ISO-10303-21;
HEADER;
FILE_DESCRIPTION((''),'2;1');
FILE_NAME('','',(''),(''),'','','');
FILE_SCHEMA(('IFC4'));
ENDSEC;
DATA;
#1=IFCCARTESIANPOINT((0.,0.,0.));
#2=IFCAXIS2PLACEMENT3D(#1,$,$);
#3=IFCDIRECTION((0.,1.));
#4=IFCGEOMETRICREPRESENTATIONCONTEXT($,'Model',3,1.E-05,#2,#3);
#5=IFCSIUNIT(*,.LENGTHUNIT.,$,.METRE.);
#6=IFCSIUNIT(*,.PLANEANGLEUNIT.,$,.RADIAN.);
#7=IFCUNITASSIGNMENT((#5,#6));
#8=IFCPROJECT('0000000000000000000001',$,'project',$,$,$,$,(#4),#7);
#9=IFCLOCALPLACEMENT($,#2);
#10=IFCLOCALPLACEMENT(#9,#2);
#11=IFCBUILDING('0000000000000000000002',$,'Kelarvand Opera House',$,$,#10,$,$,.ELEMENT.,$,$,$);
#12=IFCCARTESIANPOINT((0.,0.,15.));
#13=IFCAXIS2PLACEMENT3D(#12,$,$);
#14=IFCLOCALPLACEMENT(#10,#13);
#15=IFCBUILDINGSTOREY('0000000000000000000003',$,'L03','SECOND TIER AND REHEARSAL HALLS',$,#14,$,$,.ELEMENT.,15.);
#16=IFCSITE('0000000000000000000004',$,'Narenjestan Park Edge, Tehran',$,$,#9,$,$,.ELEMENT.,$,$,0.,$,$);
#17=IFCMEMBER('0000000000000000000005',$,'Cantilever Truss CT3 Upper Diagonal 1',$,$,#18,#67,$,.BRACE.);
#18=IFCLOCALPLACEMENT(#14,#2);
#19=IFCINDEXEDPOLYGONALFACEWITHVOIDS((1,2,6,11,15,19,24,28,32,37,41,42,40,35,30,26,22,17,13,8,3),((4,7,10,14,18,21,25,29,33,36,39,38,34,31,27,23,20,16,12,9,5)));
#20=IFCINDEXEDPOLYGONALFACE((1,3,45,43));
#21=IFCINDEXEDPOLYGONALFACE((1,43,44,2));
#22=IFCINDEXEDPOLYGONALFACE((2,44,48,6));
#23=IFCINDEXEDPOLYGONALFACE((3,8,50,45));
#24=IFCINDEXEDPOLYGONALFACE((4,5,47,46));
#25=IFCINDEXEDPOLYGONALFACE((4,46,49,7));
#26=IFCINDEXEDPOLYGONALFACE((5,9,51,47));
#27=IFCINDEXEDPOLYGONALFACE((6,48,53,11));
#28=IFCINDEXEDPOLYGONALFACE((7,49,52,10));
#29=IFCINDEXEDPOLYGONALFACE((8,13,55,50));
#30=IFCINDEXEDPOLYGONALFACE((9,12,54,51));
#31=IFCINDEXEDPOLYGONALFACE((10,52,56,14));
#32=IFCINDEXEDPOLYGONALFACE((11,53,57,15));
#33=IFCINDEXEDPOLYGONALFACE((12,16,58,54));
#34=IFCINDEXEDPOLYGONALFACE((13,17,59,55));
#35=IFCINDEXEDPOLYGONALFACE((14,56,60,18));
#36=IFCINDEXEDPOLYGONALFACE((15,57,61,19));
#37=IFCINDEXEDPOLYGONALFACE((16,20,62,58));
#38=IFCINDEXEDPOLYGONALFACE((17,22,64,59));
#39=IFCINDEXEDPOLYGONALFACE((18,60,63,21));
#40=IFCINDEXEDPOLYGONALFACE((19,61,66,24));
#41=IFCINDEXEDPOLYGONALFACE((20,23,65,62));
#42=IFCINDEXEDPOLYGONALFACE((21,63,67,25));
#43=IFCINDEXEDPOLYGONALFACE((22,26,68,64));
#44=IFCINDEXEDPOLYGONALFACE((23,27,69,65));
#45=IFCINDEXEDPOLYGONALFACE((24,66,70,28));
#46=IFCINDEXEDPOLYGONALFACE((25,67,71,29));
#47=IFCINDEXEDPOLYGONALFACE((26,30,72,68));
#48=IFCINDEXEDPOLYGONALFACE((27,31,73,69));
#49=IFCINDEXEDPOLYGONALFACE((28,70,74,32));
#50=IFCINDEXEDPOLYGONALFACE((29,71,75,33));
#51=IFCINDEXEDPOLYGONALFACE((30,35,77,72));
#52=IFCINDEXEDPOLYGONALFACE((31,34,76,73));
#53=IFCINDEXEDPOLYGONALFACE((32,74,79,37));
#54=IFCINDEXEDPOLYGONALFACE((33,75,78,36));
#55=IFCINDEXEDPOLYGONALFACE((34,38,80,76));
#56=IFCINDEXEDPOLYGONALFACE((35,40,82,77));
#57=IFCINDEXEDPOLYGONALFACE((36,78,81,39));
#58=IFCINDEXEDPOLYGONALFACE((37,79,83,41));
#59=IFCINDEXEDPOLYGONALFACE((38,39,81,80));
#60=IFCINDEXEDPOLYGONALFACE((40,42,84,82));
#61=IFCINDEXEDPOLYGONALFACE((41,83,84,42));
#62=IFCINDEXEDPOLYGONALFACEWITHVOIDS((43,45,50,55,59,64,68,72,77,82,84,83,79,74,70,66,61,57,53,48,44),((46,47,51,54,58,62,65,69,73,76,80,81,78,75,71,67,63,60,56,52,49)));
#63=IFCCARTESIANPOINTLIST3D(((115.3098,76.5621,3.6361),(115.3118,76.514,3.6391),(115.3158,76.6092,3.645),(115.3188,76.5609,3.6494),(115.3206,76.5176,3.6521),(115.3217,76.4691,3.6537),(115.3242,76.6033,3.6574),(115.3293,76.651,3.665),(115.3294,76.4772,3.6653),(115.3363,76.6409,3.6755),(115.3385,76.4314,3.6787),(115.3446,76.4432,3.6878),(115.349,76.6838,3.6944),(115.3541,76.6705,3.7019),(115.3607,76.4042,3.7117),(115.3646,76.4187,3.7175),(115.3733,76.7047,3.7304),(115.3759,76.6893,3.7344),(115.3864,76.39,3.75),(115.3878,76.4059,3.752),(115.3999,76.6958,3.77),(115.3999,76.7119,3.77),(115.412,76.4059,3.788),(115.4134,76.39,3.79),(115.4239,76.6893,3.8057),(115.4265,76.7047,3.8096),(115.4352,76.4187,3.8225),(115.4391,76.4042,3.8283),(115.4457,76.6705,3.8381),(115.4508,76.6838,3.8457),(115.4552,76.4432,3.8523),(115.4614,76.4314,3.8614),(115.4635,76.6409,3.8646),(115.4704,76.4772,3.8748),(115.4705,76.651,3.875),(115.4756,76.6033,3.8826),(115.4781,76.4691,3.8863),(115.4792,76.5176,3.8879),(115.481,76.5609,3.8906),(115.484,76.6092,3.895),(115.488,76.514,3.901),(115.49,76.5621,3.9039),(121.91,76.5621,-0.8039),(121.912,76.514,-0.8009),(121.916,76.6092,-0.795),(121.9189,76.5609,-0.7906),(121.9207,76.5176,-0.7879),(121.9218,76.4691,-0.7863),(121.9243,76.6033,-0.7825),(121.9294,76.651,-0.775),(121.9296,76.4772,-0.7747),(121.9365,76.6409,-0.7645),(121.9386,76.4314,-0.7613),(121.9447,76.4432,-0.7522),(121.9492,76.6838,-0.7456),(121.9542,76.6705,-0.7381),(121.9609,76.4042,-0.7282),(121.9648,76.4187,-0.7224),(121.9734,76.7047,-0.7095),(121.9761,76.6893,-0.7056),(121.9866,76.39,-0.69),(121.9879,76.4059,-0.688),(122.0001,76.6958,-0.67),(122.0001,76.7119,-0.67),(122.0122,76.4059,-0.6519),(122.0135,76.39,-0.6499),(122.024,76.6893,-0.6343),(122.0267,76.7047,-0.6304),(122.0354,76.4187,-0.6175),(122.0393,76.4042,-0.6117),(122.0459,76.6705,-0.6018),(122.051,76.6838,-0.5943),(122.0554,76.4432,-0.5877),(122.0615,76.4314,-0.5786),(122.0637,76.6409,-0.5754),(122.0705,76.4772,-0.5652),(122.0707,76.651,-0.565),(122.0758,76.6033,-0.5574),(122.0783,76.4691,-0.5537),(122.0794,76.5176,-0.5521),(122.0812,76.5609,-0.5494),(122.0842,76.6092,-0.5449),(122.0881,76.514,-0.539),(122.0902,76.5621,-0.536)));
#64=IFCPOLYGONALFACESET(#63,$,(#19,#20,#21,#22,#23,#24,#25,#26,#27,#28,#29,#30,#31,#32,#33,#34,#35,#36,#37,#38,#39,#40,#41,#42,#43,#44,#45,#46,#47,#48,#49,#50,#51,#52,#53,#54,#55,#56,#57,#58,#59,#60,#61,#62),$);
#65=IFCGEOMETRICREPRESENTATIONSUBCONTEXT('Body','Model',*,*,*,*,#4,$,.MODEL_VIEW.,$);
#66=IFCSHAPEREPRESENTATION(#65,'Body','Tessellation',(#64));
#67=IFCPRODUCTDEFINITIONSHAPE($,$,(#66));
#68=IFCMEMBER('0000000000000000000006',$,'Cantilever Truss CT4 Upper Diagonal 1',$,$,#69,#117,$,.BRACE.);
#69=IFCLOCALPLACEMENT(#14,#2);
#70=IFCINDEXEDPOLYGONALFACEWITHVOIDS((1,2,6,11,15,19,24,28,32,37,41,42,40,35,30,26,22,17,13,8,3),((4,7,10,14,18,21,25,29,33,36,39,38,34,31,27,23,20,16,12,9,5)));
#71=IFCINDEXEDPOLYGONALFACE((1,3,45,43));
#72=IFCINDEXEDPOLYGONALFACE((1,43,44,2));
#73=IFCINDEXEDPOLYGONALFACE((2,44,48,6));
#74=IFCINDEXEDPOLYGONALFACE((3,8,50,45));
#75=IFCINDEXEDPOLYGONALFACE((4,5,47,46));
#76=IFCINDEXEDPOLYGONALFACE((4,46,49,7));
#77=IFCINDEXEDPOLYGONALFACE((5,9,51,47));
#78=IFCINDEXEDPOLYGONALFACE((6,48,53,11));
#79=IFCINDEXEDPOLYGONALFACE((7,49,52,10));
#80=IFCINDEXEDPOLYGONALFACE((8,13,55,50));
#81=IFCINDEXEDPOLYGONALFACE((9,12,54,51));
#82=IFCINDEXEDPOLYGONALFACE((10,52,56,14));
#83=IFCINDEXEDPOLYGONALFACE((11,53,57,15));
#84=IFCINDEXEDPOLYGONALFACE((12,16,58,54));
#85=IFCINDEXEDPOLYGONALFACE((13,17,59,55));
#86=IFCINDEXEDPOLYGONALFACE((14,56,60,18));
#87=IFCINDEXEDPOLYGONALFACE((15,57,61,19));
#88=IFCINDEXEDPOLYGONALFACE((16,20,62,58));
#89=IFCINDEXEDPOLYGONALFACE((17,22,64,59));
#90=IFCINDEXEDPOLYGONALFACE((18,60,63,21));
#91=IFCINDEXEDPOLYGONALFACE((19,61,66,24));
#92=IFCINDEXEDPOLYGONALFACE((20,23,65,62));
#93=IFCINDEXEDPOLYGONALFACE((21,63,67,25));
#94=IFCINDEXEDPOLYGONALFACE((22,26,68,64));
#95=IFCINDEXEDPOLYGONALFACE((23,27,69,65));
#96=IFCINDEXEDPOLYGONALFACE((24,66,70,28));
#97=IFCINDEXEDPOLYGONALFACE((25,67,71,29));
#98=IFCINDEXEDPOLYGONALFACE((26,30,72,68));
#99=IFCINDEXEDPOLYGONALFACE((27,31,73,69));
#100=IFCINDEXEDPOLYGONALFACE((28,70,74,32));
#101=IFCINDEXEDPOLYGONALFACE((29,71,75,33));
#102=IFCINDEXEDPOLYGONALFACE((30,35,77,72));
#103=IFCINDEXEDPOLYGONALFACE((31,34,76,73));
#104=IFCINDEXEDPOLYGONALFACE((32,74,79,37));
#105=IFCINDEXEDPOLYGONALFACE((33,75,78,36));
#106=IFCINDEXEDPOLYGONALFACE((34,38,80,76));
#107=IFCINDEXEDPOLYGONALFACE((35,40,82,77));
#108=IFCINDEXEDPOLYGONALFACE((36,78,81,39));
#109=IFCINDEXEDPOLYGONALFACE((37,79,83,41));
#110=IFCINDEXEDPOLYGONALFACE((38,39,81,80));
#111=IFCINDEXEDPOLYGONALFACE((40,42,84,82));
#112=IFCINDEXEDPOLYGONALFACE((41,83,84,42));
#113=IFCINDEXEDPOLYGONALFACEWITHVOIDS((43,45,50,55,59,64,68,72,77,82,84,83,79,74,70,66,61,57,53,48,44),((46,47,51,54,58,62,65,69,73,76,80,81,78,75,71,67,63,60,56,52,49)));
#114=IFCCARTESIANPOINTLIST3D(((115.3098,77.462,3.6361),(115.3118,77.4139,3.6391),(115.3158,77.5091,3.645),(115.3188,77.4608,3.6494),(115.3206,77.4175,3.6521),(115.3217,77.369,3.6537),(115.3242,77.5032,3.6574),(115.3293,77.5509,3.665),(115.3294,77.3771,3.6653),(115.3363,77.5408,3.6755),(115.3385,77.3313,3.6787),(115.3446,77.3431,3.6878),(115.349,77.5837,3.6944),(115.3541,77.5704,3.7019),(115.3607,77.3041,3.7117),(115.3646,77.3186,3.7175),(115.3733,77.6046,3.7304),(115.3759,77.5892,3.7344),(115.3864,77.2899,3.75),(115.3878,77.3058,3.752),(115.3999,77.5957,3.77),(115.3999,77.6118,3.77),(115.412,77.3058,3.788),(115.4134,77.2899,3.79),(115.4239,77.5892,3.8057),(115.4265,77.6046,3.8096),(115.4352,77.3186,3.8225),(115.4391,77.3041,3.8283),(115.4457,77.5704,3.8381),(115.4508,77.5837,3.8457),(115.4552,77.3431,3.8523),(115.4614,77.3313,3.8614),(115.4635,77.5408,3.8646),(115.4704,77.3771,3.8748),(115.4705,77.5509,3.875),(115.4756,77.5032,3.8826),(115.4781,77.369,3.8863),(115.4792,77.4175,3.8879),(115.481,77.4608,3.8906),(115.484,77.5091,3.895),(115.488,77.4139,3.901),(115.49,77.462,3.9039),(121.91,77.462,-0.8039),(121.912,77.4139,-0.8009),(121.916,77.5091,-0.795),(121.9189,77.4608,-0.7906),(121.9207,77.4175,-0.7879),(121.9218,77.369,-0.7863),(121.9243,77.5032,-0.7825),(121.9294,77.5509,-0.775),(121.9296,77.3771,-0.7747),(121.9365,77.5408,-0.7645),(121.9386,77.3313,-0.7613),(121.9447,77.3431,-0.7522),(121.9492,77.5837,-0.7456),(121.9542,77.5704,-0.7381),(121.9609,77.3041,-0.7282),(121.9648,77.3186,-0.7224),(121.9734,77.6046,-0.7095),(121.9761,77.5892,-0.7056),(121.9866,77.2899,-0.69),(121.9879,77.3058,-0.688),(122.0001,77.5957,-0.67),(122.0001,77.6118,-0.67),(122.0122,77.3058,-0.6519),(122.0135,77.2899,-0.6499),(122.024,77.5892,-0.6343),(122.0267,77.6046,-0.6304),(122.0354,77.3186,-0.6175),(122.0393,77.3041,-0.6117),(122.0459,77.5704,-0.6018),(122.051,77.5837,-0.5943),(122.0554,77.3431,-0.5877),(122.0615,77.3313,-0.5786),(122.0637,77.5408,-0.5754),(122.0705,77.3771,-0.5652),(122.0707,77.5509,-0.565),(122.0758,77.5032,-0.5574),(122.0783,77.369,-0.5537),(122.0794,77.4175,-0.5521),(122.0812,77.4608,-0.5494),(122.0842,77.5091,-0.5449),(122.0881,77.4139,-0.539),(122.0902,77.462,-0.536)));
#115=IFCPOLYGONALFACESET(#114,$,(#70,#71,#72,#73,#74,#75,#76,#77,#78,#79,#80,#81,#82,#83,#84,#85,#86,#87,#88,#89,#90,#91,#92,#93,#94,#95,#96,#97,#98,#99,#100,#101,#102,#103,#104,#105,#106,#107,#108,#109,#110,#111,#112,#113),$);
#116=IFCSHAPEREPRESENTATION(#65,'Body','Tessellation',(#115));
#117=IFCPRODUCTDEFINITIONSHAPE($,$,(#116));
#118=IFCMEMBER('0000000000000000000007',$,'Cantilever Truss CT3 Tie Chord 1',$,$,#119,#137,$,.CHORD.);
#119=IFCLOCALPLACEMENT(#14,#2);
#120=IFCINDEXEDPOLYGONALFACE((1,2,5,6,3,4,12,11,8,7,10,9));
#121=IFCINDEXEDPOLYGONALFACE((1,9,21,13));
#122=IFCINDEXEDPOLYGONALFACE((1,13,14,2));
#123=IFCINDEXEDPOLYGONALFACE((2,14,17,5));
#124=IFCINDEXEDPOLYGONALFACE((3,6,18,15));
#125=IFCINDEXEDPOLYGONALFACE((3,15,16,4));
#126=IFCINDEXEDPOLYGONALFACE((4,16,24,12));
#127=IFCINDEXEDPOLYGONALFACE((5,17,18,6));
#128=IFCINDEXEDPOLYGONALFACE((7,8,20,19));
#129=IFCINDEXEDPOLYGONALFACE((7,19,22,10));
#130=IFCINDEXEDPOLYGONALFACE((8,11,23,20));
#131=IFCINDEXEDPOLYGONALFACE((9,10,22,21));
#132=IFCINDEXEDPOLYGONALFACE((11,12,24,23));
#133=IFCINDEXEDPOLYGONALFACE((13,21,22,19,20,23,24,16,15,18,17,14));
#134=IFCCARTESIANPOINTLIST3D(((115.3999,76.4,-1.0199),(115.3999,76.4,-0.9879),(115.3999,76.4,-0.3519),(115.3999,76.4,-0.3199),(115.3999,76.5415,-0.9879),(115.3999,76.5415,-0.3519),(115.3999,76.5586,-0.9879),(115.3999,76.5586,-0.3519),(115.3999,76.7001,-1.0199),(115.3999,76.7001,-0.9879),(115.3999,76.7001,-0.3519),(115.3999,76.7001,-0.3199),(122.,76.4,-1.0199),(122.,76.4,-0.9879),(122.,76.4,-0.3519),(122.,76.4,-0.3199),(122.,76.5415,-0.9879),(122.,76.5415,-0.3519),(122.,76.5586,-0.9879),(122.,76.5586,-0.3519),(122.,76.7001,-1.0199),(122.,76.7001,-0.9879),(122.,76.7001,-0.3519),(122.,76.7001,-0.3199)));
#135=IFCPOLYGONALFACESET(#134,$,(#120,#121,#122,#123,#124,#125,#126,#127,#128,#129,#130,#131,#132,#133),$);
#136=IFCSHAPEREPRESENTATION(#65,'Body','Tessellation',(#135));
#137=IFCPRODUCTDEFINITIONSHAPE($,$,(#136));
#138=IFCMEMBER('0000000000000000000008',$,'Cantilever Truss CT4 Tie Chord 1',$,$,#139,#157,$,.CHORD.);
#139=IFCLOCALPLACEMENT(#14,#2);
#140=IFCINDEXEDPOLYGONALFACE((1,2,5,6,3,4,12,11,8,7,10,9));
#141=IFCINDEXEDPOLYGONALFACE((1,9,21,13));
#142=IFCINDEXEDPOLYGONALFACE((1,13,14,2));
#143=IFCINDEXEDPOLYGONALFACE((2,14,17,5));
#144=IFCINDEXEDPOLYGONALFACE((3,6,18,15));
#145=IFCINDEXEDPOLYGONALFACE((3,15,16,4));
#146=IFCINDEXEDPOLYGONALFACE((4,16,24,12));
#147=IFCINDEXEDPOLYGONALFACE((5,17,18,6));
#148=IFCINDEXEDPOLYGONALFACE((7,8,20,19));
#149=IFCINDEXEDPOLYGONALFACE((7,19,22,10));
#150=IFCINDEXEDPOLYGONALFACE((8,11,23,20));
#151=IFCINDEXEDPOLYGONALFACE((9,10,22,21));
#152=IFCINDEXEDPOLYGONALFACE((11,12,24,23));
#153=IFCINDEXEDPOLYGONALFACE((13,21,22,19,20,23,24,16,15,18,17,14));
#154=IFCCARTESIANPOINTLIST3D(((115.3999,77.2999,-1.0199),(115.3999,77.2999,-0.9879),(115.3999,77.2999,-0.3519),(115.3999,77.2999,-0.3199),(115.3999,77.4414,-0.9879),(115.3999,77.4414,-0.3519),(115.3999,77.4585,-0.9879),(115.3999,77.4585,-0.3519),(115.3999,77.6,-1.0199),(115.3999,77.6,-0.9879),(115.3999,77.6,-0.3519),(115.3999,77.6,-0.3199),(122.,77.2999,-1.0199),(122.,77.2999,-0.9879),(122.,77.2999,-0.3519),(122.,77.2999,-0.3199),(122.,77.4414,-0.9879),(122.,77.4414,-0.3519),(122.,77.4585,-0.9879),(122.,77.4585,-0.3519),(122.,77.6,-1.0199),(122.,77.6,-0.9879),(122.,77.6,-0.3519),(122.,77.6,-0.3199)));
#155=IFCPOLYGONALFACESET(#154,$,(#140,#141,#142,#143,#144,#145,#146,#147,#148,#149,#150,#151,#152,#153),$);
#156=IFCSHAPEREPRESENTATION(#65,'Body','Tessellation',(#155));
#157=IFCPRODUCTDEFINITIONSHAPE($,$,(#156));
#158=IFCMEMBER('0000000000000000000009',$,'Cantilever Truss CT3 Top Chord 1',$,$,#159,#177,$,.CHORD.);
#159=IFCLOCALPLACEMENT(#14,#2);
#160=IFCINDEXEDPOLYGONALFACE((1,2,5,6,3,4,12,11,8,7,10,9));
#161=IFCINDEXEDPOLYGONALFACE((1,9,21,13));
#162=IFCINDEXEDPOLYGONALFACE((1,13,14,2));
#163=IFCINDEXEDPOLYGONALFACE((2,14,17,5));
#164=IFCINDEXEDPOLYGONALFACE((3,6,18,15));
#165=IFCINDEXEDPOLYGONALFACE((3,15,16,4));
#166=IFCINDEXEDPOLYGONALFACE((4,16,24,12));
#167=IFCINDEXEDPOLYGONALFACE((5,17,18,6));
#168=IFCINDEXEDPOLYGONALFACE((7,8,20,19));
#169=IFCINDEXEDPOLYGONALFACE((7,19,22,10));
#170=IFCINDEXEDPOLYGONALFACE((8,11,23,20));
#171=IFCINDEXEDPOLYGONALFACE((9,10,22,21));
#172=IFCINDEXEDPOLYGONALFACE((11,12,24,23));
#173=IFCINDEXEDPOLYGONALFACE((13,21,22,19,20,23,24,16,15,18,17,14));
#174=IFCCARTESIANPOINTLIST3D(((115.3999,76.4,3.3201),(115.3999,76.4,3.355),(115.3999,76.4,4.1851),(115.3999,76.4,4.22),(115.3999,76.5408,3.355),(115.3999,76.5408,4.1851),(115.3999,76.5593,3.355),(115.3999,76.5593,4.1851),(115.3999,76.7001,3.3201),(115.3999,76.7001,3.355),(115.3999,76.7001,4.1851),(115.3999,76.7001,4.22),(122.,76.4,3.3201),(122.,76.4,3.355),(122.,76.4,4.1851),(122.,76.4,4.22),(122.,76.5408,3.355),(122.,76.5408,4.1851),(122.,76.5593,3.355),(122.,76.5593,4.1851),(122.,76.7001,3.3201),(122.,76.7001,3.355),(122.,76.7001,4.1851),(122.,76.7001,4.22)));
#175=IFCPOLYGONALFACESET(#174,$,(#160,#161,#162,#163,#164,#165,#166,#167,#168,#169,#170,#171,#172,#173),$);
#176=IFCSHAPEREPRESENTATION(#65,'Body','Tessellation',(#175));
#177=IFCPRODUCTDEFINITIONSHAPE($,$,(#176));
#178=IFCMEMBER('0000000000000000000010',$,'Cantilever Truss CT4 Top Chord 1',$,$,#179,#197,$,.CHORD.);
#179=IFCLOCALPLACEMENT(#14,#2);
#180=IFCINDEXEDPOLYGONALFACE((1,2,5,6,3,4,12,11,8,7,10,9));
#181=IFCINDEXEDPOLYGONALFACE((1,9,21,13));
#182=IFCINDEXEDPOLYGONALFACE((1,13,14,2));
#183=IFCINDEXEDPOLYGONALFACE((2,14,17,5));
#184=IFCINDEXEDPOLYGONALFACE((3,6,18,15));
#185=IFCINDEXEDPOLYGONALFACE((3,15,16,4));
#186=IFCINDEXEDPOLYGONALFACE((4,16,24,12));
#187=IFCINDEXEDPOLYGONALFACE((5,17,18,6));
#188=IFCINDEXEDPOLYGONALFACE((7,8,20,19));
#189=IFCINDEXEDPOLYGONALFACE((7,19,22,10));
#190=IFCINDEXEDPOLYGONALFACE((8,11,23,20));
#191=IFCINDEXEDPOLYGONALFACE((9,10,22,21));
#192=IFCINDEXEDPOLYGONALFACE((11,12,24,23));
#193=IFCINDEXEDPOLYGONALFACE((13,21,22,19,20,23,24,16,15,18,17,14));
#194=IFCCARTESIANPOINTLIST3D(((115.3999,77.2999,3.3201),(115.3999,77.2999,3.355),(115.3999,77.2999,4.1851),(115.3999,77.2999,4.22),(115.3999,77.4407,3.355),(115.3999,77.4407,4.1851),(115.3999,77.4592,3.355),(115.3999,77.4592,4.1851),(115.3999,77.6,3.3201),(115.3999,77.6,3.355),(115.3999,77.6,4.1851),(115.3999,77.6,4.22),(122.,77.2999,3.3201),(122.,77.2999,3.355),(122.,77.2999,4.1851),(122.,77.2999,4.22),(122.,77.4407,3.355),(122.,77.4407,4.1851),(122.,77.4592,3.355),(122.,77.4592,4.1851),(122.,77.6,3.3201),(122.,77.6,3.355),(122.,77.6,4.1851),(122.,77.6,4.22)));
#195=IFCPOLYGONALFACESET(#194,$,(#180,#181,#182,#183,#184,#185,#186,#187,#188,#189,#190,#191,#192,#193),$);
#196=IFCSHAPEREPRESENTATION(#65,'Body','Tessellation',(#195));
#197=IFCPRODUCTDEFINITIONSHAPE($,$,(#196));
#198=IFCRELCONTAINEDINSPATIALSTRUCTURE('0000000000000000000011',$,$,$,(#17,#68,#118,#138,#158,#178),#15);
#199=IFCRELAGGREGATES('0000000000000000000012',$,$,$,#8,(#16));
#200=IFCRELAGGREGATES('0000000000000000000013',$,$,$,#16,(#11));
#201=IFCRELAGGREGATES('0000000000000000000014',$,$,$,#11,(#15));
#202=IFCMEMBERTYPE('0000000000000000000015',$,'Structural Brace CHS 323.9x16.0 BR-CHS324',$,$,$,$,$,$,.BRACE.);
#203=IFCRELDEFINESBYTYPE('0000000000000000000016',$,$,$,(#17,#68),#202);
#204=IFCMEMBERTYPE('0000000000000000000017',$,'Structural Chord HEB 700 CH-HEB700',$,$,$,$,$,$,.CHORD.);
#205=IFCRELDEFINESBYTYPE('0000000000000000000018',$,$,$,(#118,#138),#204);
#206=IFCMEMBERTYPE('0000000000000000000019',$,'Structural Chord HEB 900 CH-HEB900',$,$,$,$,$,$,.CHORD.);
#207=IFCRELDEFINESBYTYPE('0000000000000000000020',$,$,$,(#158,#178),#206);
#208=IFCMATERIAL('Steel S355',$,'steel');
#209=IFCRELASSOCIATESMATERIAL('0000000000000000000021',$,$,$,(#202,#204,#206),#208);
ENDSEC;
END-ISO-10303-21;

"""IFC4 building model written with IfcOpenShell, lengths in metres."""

from ifc_helpers import new_model, si_unit, direction, frame, origin, origin_2d, place, context, subcontext, project, spatial, hollow_circle, i_section, extrude, material, material_profile, profile_set, type_object, element, save


model = new_model("IFC4")

# Units and contexts
model_context = context("Model", 3, precision=1e-05, world=origin(), true_north=direction((0.0, 1.0)))
body_context = subcontext(model_context, "Body", "Model", "MODEL_VIEW")
ifc_project = project(units=[si_unit("LENGTHUNIT", "METRE"), si_unit("PLANEANGLEUNIT", "RADIAN")], contexts=[model_context])

# Site, building, storey
site_placement = place(None, origin())
site = spatial("IfcSite", under=ifc_project, at=site_placement, Name="Narenjestan Park Edge, Tehran", CompositionType="ELEMENT", RefElevation=0.0)
building_placement = place(site_placement, origin())
building = spatial("IfcBuilding", under=site, at=building_placement, Name="Kelarvand Opera House", CompositionType="ELEMENT")
storey_placement = place(building_placement, frame((0.0, 0.0, 15.0)))
storey = spatial("IfcBuildingStorey", under=building, at=storey_placement, Name="L03", Description="SECOND TIER AND REHEARSAL HALLS", CompositionType="ELEMENT", Elevation=15.0)

# Members
ifc_material_1 = material(Name="Steel S355", Category="steel")
ifc_material_profile_1 = material_profile(ifc_material_1, hollow_circle(Radius=0.1619, WallThickness=0.0161, at=origin_2d()), Name="CHS 323.9x16.0", Category="steel")
ifc_profile_set_1 = profile_set([ifc_material_profile_1], Name="Steel S355")
member_type_1 = type_object("IfcMemberType", Name="Structural Brace CHS 323.9x16.0 BR-CHS324", PredefinedType="BRACE", material=ifc_profile_set_1)
for number, where, z_axis, x_axis, name in (
    (1, (115.3999, 76.55, 3.77), (0.829729, 0.0, -0.558166), (0.0, 1.0, 0.0), "Cantilever Truss CT3 Upper Diagonal 1"),
    (2, (115.3999, 77.45, 3.77), (0.829729, 0.0, -0.558166), (0.0, 1.0, 0.0), "Cantilever Truss CT4 Upper Diagonal 1"),
):
    element("IfcMember", number, at=place(storey_placement, frame(where, z_axis=z_axis, x_axis=x_axis)), inside=storey, type_object=member_type_1, Name=name, PredefinedType="BRACE", context=body_context, shape_type="SweptSolid", body=[
        extrude(hollow_circle(Radius=0.1619, WallThickness=0.0161, at=origin_2d()), origin(), (0.0, 0.0, 1.0), 7.9546),
    ])
ifc_material_profile_2 = material_profile(ifc_material_1, i_section(OverallWidth=0.3, OverallDepth=0.7, WebThickness=0.0171, FlangeThickness=0.032, at=origin_2d()), Name="HEB 700", Category="steel")
ifc_profile_set_2 = profile_set([ifc_material_profile_2], Name="Steel S355")
member_type_2 = type_object("IfcMemberType", Name="Structural Chord HEB 700 CH-HEB700", PredefinedType="CHORD", material=ifc_profile_set_2)
for number, where, z_axis, x_axis, name in (
    (3, (115.3999, 76.55, -0.6699), (1.0, 0.0, 0.0), (0.0, 1.0, 0.0), "Cantilever Truss CT3 Tie Chord 1"),
    (4, (115.3999, 77.45, -0.6699), (1.0, 0.0, 0.0), (0.0, 1.0, 0.0), "Cantilever Truss CT4 Tie Chord 1"),
):
    element("IfcMember", number, at=place(storey_placement, frame(where, z_axis=z_axis, x_axis=x_axis)), inside=storey, type_object=member_type_2, Name=name, PredefinedType="CHORD", context=body_context, shape_type="SweptSolid", body=[
        extrude(i_section(OverallWidth=0.3, OverallDepth=0.7, WebThickness=0.0171, FlangeThickness=0.032, at=origin_2d()), origin(), (0.0, 0.0, 1.0), 6.6001),
    ])
ifc_material_profile_3 = material_profile(ifc_material_1, i_section(OverallWidth=0.3, OverallDepth=0.8999, WebThickness=0.0186, FlangeThickness=0.0349, at=origin_2d()), Name="HEB 900", Category="steel")
ifc_profile_set_3 = profile_set([ifc_material_profile_3], Name="Steel S355")
member_type_3 = type_object("IfcMemberType", Name="Structural Chord HEB 900 CH-HEB900", PredefinedType="CHORD", material=ifc_profile_set_3)
for number, where, z_axis, x_axis, name in (
    (5, (115.3999, 76.55, 3.77), (1.0, 0.0, 0.0), (0.0, 1.0, 0.0), "Cantilever Truss CT3 Top Chord 1"),
    (6, (115.3999, 77.45, 3.77), (1.0, 0.0, 0.0), (0.0, 1.0, 0.0), "Cantilever Truss CT4 Top Chord 1"),
):
    element("IfcMember", number, at=place(storey_placement, frame(where, z_axis=z_axis, x_axis=x_axis)), inside=storey, type_object=member_type_3, Name=name, PredefinedType="CHORD", context=body_context, shape_type="SweptSolid", body=[
        extrude(i_section(OverallWidth=0.3, OverallDepth=0.8999, WebThickness=0.0186, FlangeThickness=0.0349, at=origin_2d()), origin(), (0.0, 0.0, 1.0), 6.6001),
    ])

save(model, "model.ifc")
